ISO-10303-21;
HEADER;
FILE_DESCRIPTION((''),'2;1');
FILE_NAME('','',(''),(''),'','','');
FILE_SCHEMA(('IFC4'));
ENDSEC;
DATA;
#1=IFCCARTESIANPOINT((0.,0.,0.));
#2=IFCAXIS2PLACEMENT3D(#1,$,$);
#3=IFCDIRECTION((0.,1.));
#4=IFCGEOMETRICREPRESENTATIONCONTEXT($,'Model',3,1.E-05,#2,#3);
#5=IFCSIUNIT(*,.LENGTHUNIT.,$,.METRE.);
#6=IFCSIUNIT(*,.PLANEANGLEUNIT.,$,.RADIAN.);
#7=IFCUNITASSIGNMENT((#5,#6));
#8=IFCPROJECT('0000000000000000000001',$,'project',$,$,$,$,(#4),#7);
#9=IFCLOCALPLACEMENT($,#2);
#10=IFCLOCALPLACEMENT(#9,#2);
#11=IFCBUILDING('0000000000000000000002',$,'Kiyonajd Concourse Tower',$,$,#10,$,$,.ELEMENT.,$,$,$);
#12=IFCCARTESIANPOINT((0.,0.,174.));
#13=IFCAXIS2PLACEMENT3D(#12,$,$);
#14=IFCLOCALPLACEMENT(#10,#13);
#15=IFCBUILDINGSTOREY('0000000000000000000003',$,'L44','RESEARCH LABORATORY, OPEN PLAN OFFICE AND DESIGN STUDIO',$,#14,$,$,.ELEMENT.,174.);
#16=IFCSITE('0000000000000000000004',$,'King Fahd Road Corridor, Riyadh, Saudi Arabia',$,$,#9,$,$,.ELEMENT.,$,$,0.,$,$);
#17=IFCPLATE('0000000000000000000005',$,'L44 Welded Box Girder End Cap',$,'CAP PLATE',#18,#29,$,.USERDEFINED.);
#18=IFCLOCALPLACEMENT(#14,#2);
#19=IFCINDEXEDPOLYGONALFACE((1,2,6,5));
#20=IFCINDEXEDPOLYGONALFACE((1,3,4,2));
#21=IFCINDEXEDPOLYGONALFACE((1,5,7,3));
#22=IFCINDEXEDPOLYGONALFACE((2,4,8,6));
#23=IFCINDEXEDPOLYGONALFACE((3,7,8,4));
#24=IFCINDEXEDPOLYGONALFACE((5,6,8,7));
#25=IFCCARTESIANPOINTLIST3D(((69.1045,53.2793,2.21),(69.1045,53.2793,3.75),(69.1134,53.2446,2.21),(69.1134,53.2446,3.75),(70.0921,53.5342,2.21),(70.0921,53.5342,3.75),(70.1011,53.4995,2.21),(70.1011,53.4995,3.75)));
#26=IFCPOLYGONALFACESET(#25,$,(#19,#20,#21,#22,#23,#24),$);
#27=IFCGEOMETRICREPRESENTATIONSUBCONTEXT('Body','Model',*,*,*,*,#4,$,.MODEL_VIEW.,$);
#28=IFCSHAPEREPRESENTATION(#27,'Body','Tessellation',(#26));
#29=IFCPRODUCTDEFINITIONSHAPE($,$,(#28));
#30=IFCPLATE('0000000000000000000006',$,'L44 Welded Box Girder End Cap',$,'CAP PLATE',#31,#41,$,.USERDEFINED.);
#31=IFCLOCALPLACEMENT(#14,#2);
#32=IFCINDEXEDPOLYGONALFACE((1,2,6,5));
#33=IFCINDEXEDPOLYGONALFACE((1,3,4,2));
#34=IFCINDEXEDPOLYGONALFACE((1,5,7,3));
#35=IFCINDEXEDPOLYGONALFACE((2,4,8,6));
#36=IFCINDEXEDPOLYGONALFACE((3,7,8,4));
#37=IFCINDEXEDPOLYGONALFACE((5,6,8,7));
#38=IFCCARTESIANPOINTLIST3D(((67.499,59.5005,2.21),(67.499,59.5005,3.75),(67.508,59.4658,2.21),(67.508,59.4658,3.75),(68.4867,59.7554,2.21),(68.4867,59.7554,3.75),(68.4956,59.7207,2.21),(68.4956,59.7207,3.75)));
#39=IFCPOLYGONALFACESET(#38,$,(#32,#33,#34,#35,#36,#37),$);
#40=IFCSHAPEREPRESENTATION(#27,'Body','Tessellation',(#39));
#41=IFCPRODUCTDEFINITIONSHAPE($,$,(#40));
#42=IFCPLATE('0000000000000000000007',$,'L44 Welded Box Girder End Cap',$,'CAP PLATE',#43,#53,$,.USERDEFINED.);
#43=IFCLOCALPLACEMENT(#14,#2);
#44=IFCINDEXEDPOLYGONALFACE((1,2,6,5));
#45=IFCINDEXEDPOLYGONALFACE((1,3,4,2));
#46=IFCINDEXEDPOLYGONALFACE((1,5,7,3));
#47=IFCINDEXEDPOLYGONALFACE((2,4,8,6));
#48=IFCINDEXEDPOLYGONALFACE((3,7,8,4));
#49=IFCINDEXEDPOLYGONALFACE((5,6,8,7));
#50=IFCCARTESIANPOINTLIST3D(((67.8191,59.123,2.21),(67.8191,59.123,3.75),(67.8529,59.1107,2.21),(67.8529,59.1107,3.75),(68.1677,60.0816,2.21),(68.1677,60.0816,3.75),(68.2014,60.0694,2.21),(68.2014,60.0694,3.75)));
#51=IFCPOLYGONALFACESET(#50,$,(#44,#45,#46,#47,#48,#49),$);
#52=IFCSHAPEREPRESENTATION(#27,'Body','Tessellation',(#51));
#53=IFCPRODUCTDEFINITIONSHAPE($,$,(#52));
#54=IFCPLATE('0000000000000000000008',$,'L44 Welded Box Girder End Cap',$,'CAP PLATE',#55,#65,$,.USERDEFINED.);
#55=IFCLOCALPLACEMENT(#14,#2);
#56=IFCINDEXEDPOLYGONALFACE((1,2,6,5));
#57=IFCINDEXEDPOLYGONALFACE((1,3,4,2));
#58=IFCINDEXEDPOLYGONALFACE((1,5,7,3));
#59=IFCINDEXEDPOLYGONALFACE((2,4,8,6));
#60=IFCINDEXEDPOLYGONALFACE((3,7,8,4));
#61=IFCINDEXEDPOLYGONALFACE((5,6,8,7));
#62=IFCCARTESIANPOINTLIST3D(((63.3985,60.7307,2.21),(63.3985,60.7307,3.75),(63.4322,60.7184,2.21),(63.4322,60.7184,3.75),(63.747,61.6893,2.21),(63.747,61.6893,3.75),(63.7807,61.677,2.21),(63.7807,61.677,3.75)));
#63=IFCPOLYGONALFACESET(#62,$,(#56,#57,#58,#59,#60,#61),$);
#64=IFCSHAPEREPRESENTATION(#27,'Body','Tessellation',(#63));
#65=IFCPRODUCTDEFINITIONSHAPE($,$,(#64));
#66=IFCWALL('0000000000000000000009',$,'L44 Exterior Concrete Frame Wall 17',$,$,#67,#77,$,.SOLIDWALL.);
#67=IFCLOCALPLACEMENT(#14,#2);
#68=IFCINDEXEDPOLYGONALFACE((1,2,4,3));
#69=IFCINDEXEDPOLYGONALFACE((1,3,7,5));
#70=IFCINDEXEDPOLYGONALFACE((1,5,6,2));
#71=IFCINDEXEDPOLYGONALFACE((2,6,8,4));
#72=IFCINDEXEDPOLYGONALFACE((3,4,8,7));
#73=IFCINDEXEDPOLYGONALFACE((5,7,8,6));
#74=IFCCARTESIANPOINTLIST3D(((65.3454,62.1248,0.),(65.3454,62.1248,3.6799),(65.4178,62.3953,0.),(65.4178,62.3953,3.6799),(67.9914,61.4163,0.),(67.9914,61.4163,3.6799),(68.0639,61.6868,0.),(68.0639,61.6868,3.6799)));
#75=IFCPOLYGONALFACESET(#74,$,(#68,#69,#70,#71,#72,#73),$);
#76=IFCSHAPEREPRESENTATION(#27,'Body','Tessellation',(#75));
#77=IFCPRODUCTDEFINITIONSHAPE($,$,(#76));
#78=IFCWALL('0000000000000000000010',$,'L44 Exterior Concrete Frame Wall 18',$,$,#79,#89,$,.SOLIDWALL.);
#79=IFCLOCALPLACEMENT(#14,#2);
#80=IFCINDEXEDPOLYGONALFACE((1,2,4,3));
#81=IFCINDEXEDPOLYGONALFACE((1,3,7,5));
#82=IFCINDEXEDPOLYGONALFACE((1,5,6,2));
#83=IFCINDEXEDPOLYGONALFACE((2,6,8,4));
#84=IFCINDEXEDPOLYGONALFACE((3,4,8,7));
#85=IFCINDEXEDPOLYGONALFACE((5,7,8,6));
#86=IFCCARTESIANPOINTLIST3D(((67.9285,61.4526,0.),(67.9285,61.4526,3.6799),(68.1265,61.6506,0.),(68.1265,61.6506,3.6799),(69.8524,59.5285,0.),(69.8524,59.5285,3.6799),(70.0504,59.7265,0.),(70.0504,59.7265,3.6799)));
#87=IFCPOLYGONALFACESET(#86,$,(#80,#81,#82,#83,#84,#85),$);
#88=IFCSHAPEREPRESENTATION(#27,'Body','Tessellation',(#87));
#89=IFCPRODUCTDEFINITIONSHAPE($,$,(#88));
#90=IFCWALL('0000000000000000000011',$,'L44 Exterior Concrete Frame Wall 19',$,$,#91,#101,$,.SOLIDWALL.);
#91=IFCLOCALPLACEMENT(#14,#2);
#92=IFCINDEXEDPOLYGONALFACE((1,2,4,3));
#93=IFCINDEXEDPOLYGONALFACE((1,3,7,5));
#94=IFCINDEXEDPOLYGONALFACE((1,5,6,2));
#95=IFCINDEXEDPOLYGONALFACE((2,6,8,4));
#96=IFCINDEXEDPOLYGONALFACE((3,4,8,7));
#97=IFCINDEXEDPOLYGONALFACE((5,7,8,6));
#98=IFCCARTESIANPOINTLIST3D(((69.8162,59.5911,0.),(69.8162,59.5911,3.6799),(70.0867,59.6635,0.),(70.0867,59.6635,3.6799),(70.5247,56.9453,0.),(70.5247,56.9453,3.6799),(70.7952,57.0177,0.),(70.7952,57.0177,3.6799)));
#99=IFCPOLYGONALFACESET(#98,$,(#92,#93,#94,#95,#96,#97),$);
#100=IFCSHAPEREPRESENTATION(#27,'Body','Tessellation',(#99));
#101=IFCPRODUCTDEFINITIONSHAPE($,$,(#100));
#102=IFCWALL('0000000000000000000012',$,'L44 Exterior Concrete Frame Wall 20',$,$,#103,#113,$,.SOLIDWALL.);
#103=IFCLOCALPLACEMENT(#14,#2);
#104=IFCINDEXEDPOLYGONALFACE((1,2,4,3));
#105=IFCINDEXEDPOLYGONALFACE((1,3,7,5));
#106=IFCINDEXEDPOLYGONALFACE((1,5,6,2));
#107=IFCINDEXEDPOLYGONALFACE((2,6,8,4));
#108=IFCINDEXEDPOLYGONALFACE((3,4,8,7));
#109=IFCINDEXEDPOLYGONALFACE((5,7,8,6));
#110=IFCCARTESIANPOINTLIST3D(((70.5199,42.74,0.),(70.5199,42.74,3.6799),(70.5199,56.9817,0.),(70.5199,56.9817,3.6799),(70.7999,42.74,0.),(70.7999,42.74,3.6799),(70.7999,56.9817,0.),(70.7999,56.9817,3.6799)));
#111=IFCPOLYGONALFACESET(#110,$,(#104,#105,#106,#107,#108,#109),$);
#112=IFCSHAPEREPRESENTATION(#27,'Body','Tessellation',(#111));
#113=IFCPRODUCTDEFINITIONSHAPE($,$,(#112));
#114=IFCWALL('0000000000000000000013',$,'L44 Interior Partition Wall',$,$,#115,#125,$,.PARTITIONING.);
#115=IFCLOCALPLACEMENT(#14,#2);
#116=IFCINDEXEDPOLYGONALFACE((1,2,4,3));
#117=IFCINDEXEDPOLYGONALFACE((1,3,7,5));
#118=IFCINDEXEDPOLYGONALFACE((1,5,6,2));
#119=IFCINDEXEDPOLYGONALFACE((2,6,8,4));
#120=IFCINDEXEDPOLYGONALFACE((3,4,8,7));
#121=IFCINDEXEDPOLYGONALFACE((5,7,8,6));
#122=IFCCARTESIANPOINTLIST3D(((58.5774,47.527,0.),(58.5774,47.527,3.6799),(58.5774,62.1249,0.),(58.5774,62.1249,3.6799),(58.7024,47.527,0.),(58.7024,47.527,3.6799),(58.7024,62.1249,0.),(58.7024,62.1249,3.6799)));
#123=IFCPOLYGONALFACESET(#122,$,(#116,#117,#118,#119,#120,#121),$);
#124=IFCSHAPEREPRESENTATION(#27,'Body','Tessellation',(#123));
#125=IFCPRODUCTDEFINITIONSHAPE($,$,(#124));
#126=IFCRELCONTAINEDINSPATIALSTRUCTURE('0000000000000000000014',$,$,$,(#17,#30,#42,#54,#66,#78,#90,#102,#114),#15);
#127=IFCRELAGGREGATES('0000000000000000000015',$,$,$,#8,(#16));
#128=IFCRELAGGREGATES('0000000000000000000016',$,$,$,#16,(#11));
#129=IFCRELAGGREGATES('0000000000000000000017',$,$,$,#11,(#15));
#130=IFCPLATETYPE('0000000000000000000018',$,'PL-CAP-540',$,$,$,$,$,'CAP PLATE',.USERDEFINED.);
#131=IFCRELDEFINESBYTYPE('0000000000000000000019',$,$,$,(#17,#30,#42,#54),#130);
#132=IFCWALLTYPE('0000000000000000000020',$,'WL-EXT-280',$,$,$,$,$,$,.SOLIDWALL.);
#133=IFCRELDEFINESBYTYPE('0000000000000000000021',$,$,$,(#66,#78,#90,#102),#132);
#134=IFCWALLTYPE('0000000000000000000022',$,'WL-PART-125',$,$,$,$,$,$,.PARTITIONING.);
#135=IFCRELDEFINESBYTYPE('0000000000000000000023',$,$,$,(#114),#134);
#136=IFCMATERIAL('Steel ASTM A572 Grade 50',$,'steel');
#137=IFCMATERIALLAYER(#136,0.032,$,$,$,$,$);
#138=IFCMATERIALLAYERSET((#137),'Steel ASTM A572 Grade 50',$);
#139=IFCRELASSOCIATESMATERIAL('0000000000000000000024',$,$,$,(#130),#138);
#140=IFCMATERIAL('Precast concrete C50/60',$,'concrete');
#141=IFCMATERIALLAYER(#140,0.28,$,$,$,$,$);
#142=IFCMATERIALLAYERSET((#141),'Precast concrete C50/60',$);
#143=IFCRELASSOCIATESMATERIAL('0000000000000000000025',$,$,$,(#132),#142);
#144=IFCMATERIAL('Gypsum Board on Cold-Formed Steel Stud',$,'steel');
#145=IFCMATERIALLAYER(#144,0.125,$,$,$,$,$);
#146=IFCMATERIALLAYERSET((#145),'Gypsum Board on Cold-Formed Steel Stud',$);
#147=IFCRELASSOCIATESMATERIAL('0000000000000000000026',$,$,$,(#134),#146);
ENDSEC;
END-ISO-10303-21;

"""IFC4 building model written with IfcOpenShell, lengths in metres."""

from ifc_helpers import new_model, si_unit, direction, frame, frame_2d, origin, origin_2d, place, context, subcontext, project, spatial, rectangle, extrude, material, layer, layer_set, type_object, element, save


model = new_model("IFC4")

# Units and contexts
model_context = context("Model", 3, precision=1e-05, world=origin(), true_north=direction((0.0, 1.0)))
body_context = subcontext(model_context, "Body", "Model", "MODEL_VIEW")
ifc_project = project(units=[si_unit("LENGTHUNIT", "METRE"), si_unit("PLANEANGLEUNIT", "RADIAN")], contexts=[model_context])

# Site, building, storey
site_placement = place(None, origin())
site = spatial("IfcSite", under=ifc_project, at=site_placement, Name="King Fahd Road Corridor, Riyadh, Saudi Arabia", CompositionType="ELEMENT", RefElevation=0.0)
building_placement = place(site_placement, origin())
building = spatial("IfcBuilding", under=site, at=building_placement, Name="Kiyonajd Concourse Tower", CompositionType="ELEMENT")
storey_placement = place(building_placement, frame((0.0, 0.0, 174.0)))
storey = spatial("IfcBuildingStorey", under=building, at=storey_placement, Name="L44", Description="RESEARCH LABORATORY, OPEN PLAN OFFICE AND DESIGN STUDIO", CompositionType="ELEMENT", Elevation=174.0)

# Shared definitions
ifc_material_1 = material(Name="Steel ASTM A572 Grade 50", Category="steel")

# Plates
ifc_layer_1 = layer(ifc_material_1, 0.032)
ifc_layer_set_1 = layer_set([ifc_layer_1], Name="Steel ASTM A572 Grade 50")
plate_type_1 = type_object("IfcPlateType", Name="PL-CAP-540", ElementType="CAP PLATE", PredefinedType="USERDEFINED", material=ifc_layer_set_1)
for number, where, z_axis, x_axis, name in (
    (1, (69.6028, 53.3894, 2.21), (0.0, 0.0, 1.0), (0.249873, -0.968279, 0.0), "L44 Welded Box Girder End Cap"),
    (2, (67.9973, 59.6106, 2.21), (0.0, 0.0, 1.0), (-0.249873, 0.968279, 0.0), "L44 Welded Box Girder End Cap"),
    (3, (68.0103, 59.5962, 2.21), (0.0, 0.0, 1.0), (0.939812, -0.341692, 0.0), "L44 Welded Box Girder End Cap"),
    (4, (63.5896, 61.2039, 2.21), (0.0, 0.0, 1.0), (-0.939812, 0.341692, 0.0), "L44 Welded Box Girder End Cap"),
):
    element("IfcPlate", number, at=place(storey_placement, frame(where, z_axis=z_axis, x_axis=x_axis)), inside=storey, type_object=plate_type_1, Name=name, ObjectType="CAP PLATE", PredefinedType="USERDEFINED", context=body_context, shape_type="SweptSolid", body=[
        extrude(rectangle(XDim=0.0359, YDim=1.02, at=origin_2d()), origin(), (0.0, 0.0, 1.0), 1.54),
    ])

# Walls
ifc_material_2 = material(Name="Precast concrete C50/60", Category="concrete")
ifc_layer_2 = layer(ifc_material_2, 0.28)
ifc_layer_set_2 = layer_set([ifc_layer_2], Name="Precast concrete C50/60")
wall_type_1 = type_object("IfcWallType", Name="WL-EXT-280", PredefinedType="SOLIDWALL", material=ifc_layer_set_2)
wall_1_placement = place(storey_placement, frame((65.3816, 62.26, 0.0), z_axis=(0.0, 0.0, 1.0), x_axis=(0.965971, -0.25865, 0.0)))
element("IfcWall", 5, at=wall_1_placement, inside=storey, type_object=wall_type_1, Name="L44 Exterior Concrete Frame Wall 17", PredefinedType="SOLIDWALL", context=body_context, shape_type="SweptSolid", body=[
    extrude(rectangle(XDim=2.7393, YDim=0.28, at=frame_2d((1.3696, 0.0))), origin(), (0.0, 0.0, 1.0), 3.6799),
])
wall_2_placement = place(storey_placement, frame((68.0276, 61.5515, 0.0), z_axis=(0.0, 0.0, 1.0), x_axis=(0.707062, -0.707152, 0.0)))
element("IfcWall", 6, at=wall_2_placement, inside=storey, type_object=wall_type_1, Name="L44 Exterior Concrete Frame Wall 18", PredefinedType="SOLIDWALL", context=body_context, shape_type="SweptSolid", body=[
    extrude(rectangle(XDim=2.7209, YDim=0.28, at=frame_2d((1.3604, 0.0))), origin(), (0.0, 0.0, 1.0), 3.6799),
])
wall_3_placement = place(storey_placement, frame((69.9514, 59.6274, 0.0), z_axis=(0.0, 0.0, 1.0), x_axis=(0.258672, -0.965965, 0.0)))
element("IfcWall", 7, at=wall_3_placement, inside=storey, type_object=wall_type_1, Name="L44 Exterior Concrete Frame Wall 19", PredefinedType="SOLIDWALL", context=body_context, shape_type="SweptSolid", body=[
    extrude(rectangle(XDim=2.739, YDim=0.28, at=frame_2d((1.3696, 0.0))), origin(), (0.0, 0.0, 1.0), 3.6799),
])
wall_4_placement = place(storey_placement, frame((70.6599, 56.9817, 0.0), z_axis=(0.0, 0.0, 1.0), x_axis=(0.0, -1.0, 0.0)))
element("IfcWall", 8, at=wall_4_placement, inside=storey, type_object=wall_type_1, Name="L44 Exterior Concrete Frame Wall 20", PredefinedType="SOLIDWALL", context=body_context, shape_type="SweptSolid", body=[
    extrude(rectangle(XDim=14.2417, YDim=0.28, at=frame_2d((7.1208, 0.0))), origin(), (0.0, 0.0, 1.0), 3.6799),
])
ifc_material_3 = material(Name="Gypsum Board on Cold-Formed Steel Stud", Category="steel")
ifc_layer_3 = layer(ifc_material_3, 0.125)
ifc_layer_set_3 = layer_set([ifc_layer_3], Name="Gypsum Board on Cold-Formed Steel Stud")
wall_type_2 = type_object("IfcWallType", Name="WL-PART-125", PredefinedType="PARTITIONING", material=ifc_layer_set_3)
wall_5_placement = place(storey_placement, frame((58.6399, 47.5271, 0.0), z_axis=(0.0, 0.0, 1.0), x_axis=(0.0, 1.0, 0.0)))
element("IfcWall", 9, at=wall_5_placement, inside=storey, type_object=wall_type_2, Name="L44 Interior Partition Wall", PredefinedType="PARTITIONING", context=body_context, shape_type="SweptSolid", body=[
    extrude(rectangle(XDim=14.5979, YDim=0.125, at=frame_2d((7.2988, 0.0))), origin(), (0.0, 0.0, 1.0), 3.6799),
])

save(model, "model.ifc")
